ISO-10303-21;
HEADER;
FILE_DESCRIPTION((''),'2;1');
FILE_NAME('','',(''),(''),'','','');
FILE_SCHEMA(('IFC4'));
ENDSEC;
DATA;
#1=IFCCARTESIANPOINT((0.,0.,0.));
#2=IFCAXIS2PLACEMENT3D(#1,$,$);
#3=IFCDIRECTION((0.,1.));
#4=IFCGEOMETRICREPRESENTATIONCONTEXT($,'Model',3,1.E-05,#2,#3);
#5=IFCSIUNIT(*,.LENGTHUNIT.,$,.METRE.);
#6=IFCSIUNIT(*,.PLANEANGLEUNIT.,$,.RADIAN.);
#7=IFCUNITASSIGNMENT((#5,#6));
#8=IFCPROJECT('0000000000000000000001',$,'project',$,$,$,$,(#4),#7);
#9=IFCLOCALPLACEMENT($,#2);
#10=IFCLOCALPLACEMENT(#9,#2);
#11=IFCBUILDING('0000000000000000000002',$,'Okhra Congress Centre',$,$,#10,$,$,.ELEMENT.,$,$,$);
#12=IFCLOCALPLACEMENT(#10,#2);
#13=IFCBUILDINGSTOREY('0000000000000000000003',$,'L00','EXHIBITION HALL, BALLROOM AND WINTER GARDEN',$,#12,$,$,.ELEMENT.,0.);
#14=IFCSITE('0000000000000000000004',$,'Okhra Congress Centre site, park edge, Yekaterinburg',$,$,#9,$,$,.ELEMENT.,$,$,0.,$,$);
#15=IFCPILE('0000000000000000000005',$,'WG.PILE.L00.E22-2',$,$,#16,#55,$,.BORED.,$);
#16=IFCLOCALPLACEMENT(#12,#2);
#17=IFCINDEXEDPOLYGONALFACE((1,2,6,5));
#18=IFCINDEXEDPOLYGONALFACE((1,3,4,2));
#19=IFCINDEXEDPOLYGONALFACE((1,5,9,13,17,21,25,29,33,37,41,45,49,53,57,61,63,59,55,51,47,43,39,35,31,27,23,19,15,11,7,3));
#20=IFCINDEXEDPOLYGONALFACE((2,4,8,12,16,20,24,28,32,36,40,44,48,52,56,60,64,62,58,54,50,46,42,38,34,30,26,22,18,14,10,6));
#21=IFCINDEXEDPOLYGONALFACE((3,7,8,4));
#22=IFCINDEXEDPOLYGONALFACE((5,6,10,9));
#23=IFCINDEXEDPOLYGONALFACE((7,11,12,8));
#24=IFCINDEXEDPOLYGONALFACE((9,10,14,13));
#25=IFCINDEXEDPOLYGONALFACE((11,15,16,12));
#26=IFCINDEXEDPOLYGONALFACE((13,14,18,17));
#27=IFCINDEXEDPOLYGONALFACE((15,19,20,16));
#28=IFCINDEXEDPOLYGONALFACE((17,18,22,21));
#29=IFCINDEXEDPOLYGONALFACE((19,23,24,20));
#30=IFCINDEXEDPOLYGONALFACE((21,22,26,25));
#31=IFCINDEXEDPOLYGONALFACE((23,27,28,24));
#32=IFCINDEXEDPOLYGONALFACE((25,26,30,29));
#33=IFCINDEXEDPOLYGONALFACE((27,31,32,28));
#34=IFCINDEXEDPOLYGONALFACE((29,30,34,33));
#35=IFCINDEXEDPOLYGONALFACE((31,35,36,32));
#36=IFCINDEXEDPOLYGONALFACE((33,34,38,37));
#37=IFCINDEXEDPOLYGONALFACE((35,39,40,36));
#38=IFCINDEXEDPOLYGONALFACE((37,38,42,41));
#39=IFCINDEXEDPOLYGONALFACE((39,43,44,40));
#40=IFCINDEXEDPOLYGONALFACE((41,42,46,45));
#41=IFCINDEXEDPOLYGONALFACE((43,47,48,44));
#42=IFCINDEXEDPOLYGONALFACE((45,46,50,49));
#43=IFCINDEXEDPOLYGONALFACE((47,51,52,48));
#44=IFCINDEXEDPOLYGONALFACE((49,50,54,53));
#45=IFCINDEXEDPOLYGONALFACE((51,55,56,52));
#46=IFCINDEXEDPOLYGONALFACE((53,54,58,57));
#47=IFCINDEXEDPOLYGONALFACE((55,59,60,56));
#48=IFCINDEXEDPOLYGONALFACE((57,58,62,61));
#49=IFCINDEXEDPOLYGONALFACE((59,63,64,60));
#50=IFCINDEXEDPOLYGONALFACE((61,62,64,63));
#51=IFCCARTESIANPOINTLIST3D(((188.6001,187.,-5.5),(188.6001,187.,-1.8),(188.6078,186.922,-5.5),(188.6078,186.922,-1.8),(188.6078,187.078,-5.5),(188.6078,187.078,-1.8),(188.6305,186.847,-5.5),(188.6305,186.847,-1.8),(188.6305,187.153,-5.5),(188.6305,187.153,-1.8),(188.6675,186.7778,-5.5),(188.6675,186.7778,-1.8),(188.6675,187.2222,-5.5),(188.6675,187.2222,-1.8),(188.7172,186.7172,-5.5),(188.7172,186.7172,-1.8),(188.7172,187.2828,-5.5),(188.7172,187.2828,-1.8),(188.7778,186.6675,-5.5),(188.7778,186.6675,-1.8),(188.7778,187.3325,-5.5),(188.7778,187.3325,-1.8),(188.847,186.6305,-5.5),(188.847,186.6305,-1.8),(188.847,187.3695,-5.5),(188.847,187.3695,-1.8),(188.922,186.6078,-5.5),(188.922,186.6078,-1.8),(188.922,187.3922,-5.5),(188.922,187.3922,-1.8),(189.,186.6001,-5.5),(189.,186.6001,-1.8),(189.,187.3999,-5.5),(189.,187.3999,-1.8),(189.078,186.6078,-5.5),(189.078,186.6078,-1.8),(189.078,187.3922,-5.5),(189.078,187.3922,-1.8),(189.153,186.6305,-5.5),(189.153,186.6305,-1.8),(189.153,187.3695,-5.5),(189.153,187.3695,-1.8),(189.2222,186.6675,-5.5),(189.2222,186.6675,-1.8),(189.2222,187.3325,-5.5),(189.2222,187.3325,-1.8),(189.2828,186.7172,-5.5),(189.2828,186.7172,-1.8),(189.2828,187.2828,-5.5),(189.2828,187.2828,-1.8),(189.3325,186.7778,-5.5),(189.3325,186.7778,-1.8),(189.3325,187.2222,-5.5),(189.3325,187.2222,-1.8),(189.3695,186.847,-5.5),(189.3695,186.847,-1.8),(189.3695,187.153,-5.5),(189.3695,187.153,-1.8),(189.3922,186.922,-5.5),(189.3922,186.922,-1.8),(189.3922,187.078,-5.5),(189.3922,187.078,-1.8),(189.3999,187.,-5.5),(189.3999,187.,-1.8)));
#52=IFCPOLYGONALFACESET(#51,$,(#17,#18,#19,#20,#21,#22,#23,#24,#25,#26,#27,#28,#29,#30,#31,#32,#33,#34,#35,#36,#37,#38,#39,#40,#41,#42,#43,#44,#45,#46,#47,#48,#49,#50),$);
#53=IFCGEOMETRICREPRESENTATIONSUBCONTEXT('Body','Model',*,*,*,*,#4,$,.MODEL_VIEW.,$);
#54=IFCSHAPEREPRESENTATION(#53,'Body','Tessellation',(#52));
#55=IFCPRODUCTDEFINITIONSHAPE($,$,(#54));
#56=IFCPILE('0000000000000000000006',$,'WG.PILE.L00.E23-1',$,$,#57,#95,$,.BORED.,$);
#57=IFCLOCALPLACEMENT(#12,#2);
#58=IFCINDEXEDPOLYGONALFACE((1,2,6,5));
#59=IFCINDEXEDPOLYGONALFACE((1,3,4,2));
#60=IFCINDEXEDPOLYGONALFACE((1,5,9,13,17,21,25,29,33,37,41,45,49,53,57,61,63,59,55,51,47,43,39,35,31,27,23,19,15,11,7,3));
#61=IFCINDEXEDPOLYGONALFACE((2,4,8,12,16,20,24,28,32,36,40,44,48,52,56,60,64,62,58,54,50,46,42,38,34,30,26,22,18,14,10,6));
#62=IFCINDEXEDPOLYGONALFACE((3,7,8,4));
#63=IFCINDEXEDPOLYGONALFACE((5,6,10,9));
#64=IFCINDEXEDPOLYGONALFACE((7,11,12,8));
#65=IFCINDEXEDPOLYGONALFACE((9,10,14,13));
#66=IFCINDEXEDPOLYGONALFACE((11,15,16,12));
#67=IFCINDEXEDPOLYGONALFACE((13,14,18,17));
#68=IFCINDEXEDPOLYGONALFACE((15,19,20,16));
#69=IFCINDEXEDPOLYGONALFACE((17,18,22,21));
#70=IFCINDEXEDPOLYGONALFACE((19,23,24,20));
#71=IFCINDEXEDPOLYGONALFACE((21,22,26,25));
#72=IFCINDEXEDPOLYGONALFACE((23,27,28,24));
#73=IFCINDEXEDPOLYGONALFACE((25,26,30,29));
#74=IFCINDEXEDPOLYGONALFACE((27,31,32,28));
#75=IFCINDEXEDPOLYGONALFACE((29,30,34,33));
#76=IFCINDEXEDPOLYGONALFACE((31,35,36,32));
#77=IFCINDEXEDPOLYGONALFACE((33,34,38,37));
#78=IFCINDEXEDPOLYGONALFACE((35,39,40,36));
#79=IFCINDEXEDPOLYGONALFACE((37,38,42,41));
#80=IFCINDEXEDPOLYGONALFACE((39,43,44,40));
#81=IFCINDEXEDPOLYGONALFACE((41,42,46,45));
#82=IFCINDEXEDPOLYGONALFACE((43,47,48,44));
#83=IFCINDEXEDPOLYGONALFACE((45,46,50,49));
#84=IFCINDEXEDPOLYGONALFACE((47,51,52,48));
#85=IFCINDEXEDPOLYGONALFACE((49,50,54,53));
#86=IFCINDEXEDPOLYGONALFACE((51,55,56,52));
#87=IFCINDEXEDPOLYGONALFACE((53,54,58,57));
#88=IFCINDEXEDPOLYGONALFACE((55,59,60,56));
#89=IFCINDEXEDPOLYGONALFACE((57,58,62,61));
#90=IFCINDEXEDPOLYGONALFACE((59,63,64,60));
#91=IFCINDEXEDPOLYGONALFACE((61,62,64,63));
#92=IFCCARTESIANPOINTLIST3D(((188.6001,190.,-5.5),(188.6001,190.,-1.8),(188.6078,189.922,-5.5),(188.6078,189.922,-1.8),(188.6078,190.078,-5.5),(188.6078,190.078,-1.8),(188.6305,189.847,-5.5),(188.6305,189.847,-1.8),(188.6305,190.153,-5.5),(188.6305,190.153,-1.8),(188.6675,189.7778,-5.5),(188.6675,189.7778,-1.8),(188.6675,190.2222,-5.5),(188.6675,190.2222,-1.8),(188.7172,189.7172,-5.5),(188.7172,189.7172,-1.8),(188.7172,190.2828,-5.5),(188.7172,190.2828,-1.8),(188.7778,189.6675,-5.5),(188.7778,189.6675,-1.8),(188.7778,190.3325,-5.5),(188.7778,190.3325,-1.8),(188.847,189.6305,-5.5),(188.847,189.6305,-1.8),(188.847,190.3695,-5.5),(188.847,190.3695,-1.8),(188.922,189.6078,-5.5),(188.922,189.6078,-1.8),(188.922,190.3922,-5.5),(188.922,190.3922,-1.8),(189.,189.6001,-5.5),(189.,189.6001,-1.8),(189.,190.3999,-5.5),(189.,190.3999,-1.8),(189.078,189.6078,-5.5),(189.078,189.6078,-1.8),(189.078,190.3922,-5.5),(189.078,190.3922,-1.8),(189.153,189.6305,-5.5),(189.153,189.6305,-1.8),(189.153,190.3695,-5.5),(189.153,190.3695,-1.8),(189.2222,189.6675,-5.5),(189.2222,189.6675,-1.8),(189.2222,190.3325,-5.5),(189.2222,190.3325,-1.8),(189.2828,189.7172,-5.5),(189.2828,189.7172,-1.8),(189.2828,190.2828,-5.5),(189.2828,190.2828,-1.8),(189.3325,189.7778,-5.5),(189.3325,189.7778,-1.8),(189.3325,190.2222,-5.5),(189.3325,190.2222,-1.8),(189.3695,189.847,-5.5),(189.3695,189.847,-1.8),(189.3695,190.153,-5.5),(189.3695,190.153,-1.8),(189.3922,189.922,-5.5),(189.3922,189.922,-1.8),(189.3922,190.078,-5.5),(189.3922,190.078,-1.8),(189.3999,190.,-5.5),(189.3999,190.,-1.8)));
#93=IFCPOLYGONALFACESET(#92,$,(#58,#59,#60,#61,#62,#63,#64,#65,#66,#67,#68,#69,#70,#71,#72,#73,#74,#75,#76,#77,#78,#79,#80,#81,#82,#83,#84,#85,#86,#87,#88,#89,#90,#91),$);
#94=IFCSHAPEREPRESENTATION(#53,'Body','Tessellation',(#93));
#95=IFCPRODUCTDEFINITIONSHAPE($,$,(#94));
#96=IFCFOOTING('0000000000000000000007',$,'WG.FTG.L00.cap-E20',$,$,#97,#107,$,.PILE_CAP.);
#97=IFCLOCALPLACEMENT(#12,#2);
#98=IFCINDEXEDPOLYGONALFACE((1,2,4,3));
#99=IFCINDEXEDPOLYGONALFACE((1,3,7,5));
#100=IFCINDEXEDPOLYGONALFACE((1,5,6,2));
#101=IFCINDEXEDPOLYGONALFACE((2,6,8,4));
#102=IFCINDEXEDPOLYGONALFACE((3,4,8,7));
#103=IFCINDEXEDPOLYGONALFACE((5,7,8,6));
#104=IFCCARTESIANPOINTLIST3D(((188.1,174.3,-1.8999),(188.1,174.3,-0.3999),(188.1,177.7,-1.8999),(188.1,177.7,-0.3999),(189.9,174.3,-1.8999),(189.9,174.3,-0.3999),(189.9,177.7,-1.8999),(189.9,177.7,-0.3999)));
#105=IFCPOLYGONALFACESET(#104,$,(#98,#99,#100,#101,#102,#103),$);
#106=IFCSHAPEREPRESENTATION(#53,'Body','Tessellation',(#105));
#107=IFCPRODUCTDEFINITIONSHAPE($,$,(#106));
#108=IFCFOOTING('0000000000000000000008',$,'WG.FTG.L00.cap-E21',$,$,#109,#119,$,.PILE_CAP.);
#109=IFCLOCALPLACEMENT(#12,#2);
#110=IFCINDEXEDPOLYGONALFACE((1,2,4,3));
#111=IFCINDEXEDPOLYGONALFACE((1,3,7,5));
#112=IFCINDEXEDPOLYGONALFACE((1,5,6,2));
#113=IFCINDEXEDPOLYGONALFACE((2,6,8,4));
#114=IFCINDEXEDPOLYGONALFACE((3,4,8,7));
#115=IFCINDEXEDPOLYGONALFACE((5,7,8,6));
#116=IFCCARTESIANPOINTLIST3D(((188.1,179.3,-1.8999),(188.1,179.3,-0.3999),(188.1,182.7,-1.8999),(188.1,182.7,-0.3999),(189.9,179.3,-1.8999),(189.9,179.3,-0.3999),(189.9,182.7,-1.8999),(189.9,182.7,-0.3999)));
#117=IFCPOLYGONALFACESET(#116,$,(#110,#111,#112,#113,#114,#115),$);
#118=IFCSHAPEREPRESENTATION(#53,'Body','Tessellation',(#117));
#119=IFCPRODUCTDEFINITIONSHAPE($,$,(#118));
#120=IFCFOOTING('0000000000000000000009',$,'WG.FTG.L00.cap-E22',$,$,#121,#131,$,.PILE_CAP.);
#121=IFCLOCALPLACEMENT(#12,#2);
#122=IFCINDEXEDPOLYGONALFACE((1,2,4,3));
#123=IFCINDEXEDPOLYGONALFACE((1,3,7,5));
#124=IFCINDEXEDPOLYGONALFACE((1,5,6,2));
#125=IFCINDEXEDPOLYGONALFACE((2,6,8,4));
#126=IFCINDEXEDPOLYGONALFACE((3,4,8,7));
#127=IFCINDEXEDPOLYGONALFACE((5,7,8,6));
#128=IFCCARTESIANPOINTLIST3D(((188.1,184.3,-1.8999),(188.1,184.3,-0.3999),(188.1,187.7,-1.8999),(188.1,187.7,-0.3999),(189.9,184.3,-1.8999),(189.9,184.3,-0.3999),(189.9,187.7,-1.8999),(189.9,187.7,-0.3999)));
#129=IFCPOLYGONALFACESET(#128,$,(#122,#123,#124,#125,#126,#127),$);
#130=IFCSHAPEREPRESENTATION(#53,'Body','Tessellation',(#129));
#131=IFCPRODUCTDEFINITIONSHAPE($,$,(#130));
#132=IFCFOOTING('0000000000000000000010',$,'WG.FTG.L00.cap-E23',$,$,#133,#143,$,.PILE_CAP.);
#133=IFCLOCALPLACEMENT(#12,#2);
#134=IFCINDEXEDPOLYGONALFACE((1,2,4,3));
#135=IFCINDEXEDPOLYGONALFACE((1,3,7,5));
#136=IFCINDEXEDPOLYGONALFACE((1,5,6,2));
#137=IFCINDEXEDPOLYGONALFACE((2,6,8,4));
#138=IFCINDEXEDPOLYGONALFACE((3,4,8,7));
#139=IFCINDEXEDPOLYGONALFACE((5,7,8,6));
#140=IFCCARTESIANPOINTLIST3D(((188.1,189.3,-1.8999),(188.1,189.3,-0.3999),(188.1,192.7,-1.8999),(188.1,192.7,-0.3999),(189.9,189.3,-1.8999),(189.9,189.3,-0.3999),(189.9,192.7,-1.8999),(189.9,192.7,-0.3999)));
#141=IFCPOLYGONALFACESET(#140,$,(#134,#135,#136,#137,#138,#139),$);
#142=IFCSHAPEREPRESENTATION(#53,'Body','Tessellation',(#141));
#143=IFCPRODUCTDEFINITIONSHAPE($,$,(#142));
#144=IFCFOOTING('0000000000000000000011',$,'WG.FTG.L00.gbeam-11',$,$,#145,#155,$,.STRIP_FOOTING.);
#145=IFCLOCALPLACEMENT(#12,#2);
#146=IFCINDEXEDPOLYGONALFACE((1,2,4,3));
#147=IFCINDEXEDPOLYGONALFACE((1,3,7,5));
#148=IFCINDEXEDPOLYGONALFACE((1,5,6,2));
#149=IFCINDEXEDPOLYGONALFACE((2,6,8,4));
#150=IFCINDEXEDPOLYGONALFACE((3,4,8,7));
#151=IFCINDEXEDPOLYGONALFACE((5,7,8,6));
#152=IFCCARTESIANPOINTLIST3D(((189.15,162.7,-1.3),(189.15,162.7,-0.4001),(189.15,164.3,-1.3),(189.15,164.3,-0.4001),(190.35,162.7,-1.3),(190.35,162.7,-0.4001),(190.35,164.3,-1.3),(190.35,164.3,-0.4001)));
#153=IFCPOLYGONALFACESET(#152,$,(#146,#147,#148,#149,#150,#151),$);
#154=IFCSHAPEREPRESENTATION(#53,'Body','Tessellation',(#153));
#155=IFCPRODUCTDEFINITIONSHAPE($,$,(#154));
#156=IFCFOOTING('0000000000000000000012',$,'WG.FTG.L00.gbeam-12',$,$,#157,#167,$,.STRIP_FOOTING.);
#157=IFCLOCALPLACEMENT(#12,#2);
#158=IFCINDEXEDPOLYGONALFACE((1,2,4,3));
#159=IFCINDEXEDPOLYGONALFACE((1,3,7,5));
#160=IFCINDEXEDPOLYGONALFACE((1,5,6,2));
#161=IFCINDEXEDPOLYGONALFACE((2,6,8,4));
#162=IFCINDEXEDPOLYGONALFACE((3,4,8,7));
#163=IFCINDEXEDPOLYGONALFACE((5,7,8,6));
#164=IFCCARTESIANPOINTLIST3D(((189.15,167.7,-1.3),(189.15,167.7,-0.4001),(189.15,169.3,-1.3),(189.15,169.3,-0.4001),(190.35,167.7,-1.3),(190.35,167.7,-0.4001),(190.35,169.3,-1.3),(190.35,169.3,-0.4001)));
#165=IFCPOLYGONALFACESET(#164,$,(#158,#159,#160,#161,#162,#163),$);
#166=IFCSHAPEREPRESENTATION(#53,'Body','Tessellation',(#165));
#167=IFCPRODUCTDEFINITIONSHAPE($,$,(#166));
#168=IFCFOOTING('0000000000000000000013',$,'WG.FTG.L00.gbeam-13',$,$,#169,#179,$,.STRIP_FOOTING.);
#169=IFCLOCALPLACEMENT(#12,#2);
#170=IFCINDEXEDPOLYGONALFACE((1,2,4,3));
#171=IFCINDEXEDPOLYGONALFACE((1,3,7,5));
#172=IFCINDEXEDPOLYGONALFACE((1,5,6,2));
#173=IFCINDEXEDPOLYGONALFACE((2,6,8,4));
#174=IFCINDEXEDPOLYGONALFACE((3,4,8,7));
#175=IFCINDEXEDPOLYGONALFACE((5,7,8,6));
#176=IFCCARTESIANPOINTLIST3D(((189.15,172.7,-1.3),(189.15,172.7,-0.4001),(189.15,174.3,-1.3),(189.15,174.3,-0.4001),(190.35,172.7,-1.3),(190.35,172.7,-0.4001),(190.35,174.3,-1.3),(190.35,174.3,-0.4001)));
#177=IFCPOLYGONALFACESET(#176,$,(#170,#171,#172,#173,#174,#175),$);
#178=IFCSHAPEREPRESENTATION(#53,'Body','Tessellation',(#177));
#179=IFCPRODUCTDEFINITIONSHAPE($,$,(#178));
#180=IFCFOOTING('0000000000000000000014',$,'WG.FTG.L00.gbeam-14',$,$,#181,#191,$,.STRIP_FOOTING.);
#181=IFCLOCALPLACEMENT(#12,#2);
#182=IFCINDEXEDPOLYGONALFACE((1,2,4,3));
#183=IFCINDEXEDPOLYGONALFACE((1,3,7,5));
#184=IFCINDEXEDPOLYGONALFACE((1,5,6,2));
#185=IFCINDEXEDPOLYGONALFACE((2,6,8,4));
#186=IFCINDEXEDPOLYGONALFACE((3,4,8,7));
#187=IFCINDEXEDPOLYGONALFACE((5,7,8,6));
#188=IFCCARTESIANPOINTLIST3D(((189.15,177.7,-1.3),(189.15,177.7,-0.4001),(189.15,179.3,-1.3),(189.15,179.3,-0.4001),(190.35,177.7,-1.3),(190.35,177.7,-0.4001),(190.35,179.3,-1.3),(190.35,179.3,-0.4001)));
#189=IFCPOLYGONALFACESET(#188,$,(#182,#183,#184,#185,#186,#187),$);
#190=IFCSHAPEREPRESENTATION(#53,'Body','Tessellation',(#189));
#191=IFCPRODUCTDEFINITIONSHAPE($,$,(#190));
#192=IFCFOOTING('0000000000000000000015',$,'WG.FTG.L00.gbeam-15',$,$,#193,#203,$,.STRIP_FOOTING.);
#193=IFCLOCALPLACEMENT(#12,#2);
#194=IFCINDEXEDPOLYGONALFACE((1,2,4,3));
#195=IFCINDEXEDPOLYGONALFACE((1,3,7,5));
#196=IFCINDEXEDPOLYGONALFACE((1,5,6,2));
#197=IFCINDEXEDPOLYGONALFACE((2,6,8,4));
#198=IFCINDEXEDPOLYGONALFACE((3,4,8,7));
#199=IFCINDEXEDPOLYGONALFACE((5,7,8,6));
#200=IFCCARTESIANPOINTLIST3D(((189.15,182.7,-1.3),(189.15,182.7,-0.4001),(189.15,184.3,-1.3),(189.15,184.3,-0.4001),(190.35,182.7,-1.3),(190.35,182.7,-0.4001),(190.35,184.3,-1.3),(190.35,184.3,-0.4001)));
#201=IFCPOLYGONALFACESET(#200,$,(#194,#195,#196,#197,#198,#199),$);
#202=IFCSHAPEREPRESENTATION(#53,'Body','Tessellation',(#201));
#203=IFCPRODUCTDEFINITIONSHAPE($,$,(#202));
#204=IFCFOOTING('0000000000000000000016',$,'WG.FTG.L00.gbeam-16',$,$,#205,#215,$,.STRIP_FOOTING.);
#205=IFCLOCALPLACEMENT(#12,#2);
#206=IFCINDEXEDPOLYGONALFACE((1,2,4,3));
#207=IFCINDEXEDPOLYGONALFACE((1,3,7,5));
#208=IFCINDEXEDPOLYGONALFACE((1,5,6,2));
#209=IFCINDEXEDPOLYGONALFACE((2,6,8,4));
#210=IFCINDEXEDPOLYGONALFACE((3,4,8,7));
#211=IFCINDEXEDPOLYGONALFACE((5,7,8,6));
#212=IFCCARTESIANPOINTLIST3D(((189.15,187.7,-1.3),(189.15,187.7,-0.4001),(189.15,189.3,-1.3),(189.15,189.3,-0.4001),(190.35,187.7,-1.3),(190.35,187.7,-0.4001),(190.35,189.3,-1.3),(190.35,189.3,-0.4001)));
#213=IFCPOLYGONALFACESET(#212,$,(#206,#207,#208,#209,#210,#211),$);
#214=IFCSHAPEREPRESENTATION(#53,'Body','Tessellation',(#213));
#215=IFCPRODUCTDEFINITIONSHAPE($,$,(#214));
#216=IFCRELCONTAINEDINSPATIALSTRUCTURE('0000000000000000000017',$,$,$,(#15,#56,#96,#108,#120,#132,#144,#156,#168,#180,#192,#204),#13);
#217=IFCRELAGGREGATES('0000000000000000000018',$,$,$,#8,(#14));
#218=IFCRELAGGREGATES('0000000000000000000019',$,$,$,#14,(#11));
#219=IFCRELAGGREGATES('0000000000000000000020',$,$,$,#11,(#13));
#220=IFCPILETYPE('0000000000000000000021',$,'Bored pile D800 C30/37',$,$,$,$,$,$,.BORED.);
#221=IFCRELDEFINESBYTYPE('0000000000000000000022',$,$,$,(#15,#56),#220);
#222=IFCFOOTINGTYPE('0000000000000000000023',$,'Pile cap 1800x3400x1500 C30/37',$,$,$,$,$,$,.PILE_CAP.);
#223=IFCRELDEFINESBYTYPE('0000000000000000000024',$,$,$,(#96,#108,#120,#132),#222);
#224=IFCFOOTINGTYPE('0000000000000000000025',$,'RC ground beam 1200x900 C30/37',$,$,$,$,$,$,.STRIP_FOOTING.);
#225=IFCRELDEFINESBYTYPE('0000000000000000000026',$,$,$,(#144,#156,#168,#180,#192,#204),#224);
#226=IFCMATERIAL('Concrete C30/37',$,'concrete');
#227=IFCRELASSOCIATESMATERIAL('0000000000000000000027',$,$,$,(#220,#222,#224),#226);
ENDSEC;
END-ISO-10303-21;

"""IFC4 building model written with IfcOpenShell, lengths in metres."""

from ifc_helpers import new_model, si_unit, direction, frame, origin, origin_2d, place, context, subcontext, project, spatial, rectangle, circle, extrude, material, material_profile, profile_set, type_object, element, save


model = new_model("IFC4")

# Units and contexts
model_context = context("Model", 3, precision=1e-05, world=origin(), true_north=direction((0.0, 1.0)))
body_context = subcontext(model_context, "Body", "Model", "MODEL_VIEW")
ifc_project = project(units=[si_unit("LENGTHUNIT", "METRE"), si_unit("PLANEANGLEUNIT", "RADIAN")], contexts=[model_context])

# Site, building, storey
site_placement = place(None, origin())
site = spatial("IfcSite", under=ifc_project, at=site_placement, Name="Okhra Congress Centre site, park edge, Yekaterinburg", CompositionType="ELEMENT", RefElevation=0.0)
building_placement = place(site_placement, origin())
building = spatial("IfcBuilding", under=site, at=building_placement, Name="Okhra Congress Centre", CompositionType="ELEMENT")
storey_placement = place(building_placement, origin())
storey = spatial("IfcBuildingStorey", under=building, at=storey_placement, Name="L00", Description="EXHIBITION HALL, BALLROOM AND WINTER GARDEN", CompositionType="ELEMENT", Elevation=0.0)

# Piles
ifc_material_1 = material(Name="Concrete C30/37", Category="concrete")
ifc_material_profile_1 = material_profile(ifc_material_1, circle(Radius=0.3999, at=origin_2d()), Name="D800")
ifc_profile_set_1 = profile_set([ifc_material_profile_1], Name="Concrete C30/37")
pile_type = type_object("IfcPileType", Name="Bored pile D800 C30/37", PredefinedType="BORED", material=ifc_profile_set_1)
for number, where, z_axis, x_axis, name in (
    (1, (189.0, 187.0, -1.8), (0.0, 0.0, -1.0), (1.0, 0.0, 0.0), "WG.PILE.L00.E22-2"),
    (2, (189.0, 190.0, -1.8), (0.0, 0.0, -1.0), (1.0, 0.0, 0.0), "WG.PILE.L00.E23-1"),
):
    element("IfcPile", number, at=place(storey_placement, frame(where, z_axis=z_axis, x_axis=x_axis)), inside=storey, type_object=pile_type, Name=name, PredefinedType="BORED", context=body_context, shape_type="SweptSolid", body=[
        extrude(circle(Radius=0.3999, at=origin_2d()), origin(), (0.0, 0.0, 1.0), 3.7),
    ])

# Footings
footing_type_1 = type_object("IfcFootingType", Name="Pile cap 1800x3400x1500 C30/37", PredefinedType="PILE_CAP", material=ifc_material_1)
for number, where, z_axis, x_axis, name in (
    (3, (189.0, 176.0, -1.8999), (0.0, 0.0, 1.0), (1.0, 0.0, 0.0), "WG.FTG.L00.cap-E20"),
    (4, (189.0, 181.0, -1.8999), (0.0, 0.0, 1.0), (1.0, 0.0, 0.0), "WG.FTG.L00.cap-E21"),
    (5, (189.0, 186.0, -1.8999), (0.0, 0.0, 1.0), (1.0, 0.0, 0.0), "WG.FTG.L00.cap-E22"),
    (6, (189.0, 191.0, -1.8999), (0.0, 0.0, 1.0), (1.0, 0.0, 0.0), "WG.FTG.L00.cap-E23"),
):
    element("IfcFooting", number, at=place(storey_placement, frame(where, z_axis=z_axis, x_axis=x_axis)), inside=storey, type_object=footing_type_1, Name=name, PredefinedType="PILE_CAP", context=body_context, shape_type="SweptSolid", body=[
        extrude(rectangle(XDim=1.8, YDim=3.3999, at=origin_2d()), origin(), (0.0, 0.0, 1.0), 1.5),
    ])
footing_type_2 = type_object("IfcFootingType", Name="RC ground beam 1200x900 C30/37", PredefinedType="STRIP_FOOTING", material=ifc_material_1)
for number, where, z_axis, x_axis, name in (
    (7, (189.75, 163.5, -1.3), (0.0, 0.0, 1.0), (1.0, 0.0, 0.0), "WG.FTG.L00.gbeam-11"),
    (8, (189.75, 168.5, -1.3), (0.0, 0.0, 1.0), (1.0, 0.0, 0.0), "WG.FTG.L00.gbeam-12"),
    (9, (189.75, 173.5, -1.3), (0.0, 0.0, 1.0), (1.0, 0.0, 0.0), "WG.FTG.L00.gbeam-13"),
    (10, (189.75, 178.5, -1.3), (0.0, 0.0, 1.0), (1.0, 0.0, 0.0), "WG.FTG.L00.gbeam-14"),
    (11, (189.75, 183.5, -1.3), (0.0, 0.0, 1.0), (1.0, 0.0, 0.0), "WG.FTG.L00.gbeam-15"),
    (12, (189.75, 188.5, -1.3), (0.0, 0.0, 1.0), (1.0, 0.0, 0.0), "WG.FTG.L00.gbeam-16"),
):
    element("IfcFooting", number, at=place(storey_placement, frame(where, z_axis=z_axis, x_axis=x_axis)), inside=storey, type_object=footing_type_2, Name=name, PredefinedType="STRIP_FOOTING", context=body_context, shape_type="SweptSolid", body=[
        extrude(rectangle(XDim=1.2, YDim=1.6001, at=origin_2d()), origin(), (0.0, 0.0, 1.0), 0.8999),
    ])

save(model, "model.ifc")
